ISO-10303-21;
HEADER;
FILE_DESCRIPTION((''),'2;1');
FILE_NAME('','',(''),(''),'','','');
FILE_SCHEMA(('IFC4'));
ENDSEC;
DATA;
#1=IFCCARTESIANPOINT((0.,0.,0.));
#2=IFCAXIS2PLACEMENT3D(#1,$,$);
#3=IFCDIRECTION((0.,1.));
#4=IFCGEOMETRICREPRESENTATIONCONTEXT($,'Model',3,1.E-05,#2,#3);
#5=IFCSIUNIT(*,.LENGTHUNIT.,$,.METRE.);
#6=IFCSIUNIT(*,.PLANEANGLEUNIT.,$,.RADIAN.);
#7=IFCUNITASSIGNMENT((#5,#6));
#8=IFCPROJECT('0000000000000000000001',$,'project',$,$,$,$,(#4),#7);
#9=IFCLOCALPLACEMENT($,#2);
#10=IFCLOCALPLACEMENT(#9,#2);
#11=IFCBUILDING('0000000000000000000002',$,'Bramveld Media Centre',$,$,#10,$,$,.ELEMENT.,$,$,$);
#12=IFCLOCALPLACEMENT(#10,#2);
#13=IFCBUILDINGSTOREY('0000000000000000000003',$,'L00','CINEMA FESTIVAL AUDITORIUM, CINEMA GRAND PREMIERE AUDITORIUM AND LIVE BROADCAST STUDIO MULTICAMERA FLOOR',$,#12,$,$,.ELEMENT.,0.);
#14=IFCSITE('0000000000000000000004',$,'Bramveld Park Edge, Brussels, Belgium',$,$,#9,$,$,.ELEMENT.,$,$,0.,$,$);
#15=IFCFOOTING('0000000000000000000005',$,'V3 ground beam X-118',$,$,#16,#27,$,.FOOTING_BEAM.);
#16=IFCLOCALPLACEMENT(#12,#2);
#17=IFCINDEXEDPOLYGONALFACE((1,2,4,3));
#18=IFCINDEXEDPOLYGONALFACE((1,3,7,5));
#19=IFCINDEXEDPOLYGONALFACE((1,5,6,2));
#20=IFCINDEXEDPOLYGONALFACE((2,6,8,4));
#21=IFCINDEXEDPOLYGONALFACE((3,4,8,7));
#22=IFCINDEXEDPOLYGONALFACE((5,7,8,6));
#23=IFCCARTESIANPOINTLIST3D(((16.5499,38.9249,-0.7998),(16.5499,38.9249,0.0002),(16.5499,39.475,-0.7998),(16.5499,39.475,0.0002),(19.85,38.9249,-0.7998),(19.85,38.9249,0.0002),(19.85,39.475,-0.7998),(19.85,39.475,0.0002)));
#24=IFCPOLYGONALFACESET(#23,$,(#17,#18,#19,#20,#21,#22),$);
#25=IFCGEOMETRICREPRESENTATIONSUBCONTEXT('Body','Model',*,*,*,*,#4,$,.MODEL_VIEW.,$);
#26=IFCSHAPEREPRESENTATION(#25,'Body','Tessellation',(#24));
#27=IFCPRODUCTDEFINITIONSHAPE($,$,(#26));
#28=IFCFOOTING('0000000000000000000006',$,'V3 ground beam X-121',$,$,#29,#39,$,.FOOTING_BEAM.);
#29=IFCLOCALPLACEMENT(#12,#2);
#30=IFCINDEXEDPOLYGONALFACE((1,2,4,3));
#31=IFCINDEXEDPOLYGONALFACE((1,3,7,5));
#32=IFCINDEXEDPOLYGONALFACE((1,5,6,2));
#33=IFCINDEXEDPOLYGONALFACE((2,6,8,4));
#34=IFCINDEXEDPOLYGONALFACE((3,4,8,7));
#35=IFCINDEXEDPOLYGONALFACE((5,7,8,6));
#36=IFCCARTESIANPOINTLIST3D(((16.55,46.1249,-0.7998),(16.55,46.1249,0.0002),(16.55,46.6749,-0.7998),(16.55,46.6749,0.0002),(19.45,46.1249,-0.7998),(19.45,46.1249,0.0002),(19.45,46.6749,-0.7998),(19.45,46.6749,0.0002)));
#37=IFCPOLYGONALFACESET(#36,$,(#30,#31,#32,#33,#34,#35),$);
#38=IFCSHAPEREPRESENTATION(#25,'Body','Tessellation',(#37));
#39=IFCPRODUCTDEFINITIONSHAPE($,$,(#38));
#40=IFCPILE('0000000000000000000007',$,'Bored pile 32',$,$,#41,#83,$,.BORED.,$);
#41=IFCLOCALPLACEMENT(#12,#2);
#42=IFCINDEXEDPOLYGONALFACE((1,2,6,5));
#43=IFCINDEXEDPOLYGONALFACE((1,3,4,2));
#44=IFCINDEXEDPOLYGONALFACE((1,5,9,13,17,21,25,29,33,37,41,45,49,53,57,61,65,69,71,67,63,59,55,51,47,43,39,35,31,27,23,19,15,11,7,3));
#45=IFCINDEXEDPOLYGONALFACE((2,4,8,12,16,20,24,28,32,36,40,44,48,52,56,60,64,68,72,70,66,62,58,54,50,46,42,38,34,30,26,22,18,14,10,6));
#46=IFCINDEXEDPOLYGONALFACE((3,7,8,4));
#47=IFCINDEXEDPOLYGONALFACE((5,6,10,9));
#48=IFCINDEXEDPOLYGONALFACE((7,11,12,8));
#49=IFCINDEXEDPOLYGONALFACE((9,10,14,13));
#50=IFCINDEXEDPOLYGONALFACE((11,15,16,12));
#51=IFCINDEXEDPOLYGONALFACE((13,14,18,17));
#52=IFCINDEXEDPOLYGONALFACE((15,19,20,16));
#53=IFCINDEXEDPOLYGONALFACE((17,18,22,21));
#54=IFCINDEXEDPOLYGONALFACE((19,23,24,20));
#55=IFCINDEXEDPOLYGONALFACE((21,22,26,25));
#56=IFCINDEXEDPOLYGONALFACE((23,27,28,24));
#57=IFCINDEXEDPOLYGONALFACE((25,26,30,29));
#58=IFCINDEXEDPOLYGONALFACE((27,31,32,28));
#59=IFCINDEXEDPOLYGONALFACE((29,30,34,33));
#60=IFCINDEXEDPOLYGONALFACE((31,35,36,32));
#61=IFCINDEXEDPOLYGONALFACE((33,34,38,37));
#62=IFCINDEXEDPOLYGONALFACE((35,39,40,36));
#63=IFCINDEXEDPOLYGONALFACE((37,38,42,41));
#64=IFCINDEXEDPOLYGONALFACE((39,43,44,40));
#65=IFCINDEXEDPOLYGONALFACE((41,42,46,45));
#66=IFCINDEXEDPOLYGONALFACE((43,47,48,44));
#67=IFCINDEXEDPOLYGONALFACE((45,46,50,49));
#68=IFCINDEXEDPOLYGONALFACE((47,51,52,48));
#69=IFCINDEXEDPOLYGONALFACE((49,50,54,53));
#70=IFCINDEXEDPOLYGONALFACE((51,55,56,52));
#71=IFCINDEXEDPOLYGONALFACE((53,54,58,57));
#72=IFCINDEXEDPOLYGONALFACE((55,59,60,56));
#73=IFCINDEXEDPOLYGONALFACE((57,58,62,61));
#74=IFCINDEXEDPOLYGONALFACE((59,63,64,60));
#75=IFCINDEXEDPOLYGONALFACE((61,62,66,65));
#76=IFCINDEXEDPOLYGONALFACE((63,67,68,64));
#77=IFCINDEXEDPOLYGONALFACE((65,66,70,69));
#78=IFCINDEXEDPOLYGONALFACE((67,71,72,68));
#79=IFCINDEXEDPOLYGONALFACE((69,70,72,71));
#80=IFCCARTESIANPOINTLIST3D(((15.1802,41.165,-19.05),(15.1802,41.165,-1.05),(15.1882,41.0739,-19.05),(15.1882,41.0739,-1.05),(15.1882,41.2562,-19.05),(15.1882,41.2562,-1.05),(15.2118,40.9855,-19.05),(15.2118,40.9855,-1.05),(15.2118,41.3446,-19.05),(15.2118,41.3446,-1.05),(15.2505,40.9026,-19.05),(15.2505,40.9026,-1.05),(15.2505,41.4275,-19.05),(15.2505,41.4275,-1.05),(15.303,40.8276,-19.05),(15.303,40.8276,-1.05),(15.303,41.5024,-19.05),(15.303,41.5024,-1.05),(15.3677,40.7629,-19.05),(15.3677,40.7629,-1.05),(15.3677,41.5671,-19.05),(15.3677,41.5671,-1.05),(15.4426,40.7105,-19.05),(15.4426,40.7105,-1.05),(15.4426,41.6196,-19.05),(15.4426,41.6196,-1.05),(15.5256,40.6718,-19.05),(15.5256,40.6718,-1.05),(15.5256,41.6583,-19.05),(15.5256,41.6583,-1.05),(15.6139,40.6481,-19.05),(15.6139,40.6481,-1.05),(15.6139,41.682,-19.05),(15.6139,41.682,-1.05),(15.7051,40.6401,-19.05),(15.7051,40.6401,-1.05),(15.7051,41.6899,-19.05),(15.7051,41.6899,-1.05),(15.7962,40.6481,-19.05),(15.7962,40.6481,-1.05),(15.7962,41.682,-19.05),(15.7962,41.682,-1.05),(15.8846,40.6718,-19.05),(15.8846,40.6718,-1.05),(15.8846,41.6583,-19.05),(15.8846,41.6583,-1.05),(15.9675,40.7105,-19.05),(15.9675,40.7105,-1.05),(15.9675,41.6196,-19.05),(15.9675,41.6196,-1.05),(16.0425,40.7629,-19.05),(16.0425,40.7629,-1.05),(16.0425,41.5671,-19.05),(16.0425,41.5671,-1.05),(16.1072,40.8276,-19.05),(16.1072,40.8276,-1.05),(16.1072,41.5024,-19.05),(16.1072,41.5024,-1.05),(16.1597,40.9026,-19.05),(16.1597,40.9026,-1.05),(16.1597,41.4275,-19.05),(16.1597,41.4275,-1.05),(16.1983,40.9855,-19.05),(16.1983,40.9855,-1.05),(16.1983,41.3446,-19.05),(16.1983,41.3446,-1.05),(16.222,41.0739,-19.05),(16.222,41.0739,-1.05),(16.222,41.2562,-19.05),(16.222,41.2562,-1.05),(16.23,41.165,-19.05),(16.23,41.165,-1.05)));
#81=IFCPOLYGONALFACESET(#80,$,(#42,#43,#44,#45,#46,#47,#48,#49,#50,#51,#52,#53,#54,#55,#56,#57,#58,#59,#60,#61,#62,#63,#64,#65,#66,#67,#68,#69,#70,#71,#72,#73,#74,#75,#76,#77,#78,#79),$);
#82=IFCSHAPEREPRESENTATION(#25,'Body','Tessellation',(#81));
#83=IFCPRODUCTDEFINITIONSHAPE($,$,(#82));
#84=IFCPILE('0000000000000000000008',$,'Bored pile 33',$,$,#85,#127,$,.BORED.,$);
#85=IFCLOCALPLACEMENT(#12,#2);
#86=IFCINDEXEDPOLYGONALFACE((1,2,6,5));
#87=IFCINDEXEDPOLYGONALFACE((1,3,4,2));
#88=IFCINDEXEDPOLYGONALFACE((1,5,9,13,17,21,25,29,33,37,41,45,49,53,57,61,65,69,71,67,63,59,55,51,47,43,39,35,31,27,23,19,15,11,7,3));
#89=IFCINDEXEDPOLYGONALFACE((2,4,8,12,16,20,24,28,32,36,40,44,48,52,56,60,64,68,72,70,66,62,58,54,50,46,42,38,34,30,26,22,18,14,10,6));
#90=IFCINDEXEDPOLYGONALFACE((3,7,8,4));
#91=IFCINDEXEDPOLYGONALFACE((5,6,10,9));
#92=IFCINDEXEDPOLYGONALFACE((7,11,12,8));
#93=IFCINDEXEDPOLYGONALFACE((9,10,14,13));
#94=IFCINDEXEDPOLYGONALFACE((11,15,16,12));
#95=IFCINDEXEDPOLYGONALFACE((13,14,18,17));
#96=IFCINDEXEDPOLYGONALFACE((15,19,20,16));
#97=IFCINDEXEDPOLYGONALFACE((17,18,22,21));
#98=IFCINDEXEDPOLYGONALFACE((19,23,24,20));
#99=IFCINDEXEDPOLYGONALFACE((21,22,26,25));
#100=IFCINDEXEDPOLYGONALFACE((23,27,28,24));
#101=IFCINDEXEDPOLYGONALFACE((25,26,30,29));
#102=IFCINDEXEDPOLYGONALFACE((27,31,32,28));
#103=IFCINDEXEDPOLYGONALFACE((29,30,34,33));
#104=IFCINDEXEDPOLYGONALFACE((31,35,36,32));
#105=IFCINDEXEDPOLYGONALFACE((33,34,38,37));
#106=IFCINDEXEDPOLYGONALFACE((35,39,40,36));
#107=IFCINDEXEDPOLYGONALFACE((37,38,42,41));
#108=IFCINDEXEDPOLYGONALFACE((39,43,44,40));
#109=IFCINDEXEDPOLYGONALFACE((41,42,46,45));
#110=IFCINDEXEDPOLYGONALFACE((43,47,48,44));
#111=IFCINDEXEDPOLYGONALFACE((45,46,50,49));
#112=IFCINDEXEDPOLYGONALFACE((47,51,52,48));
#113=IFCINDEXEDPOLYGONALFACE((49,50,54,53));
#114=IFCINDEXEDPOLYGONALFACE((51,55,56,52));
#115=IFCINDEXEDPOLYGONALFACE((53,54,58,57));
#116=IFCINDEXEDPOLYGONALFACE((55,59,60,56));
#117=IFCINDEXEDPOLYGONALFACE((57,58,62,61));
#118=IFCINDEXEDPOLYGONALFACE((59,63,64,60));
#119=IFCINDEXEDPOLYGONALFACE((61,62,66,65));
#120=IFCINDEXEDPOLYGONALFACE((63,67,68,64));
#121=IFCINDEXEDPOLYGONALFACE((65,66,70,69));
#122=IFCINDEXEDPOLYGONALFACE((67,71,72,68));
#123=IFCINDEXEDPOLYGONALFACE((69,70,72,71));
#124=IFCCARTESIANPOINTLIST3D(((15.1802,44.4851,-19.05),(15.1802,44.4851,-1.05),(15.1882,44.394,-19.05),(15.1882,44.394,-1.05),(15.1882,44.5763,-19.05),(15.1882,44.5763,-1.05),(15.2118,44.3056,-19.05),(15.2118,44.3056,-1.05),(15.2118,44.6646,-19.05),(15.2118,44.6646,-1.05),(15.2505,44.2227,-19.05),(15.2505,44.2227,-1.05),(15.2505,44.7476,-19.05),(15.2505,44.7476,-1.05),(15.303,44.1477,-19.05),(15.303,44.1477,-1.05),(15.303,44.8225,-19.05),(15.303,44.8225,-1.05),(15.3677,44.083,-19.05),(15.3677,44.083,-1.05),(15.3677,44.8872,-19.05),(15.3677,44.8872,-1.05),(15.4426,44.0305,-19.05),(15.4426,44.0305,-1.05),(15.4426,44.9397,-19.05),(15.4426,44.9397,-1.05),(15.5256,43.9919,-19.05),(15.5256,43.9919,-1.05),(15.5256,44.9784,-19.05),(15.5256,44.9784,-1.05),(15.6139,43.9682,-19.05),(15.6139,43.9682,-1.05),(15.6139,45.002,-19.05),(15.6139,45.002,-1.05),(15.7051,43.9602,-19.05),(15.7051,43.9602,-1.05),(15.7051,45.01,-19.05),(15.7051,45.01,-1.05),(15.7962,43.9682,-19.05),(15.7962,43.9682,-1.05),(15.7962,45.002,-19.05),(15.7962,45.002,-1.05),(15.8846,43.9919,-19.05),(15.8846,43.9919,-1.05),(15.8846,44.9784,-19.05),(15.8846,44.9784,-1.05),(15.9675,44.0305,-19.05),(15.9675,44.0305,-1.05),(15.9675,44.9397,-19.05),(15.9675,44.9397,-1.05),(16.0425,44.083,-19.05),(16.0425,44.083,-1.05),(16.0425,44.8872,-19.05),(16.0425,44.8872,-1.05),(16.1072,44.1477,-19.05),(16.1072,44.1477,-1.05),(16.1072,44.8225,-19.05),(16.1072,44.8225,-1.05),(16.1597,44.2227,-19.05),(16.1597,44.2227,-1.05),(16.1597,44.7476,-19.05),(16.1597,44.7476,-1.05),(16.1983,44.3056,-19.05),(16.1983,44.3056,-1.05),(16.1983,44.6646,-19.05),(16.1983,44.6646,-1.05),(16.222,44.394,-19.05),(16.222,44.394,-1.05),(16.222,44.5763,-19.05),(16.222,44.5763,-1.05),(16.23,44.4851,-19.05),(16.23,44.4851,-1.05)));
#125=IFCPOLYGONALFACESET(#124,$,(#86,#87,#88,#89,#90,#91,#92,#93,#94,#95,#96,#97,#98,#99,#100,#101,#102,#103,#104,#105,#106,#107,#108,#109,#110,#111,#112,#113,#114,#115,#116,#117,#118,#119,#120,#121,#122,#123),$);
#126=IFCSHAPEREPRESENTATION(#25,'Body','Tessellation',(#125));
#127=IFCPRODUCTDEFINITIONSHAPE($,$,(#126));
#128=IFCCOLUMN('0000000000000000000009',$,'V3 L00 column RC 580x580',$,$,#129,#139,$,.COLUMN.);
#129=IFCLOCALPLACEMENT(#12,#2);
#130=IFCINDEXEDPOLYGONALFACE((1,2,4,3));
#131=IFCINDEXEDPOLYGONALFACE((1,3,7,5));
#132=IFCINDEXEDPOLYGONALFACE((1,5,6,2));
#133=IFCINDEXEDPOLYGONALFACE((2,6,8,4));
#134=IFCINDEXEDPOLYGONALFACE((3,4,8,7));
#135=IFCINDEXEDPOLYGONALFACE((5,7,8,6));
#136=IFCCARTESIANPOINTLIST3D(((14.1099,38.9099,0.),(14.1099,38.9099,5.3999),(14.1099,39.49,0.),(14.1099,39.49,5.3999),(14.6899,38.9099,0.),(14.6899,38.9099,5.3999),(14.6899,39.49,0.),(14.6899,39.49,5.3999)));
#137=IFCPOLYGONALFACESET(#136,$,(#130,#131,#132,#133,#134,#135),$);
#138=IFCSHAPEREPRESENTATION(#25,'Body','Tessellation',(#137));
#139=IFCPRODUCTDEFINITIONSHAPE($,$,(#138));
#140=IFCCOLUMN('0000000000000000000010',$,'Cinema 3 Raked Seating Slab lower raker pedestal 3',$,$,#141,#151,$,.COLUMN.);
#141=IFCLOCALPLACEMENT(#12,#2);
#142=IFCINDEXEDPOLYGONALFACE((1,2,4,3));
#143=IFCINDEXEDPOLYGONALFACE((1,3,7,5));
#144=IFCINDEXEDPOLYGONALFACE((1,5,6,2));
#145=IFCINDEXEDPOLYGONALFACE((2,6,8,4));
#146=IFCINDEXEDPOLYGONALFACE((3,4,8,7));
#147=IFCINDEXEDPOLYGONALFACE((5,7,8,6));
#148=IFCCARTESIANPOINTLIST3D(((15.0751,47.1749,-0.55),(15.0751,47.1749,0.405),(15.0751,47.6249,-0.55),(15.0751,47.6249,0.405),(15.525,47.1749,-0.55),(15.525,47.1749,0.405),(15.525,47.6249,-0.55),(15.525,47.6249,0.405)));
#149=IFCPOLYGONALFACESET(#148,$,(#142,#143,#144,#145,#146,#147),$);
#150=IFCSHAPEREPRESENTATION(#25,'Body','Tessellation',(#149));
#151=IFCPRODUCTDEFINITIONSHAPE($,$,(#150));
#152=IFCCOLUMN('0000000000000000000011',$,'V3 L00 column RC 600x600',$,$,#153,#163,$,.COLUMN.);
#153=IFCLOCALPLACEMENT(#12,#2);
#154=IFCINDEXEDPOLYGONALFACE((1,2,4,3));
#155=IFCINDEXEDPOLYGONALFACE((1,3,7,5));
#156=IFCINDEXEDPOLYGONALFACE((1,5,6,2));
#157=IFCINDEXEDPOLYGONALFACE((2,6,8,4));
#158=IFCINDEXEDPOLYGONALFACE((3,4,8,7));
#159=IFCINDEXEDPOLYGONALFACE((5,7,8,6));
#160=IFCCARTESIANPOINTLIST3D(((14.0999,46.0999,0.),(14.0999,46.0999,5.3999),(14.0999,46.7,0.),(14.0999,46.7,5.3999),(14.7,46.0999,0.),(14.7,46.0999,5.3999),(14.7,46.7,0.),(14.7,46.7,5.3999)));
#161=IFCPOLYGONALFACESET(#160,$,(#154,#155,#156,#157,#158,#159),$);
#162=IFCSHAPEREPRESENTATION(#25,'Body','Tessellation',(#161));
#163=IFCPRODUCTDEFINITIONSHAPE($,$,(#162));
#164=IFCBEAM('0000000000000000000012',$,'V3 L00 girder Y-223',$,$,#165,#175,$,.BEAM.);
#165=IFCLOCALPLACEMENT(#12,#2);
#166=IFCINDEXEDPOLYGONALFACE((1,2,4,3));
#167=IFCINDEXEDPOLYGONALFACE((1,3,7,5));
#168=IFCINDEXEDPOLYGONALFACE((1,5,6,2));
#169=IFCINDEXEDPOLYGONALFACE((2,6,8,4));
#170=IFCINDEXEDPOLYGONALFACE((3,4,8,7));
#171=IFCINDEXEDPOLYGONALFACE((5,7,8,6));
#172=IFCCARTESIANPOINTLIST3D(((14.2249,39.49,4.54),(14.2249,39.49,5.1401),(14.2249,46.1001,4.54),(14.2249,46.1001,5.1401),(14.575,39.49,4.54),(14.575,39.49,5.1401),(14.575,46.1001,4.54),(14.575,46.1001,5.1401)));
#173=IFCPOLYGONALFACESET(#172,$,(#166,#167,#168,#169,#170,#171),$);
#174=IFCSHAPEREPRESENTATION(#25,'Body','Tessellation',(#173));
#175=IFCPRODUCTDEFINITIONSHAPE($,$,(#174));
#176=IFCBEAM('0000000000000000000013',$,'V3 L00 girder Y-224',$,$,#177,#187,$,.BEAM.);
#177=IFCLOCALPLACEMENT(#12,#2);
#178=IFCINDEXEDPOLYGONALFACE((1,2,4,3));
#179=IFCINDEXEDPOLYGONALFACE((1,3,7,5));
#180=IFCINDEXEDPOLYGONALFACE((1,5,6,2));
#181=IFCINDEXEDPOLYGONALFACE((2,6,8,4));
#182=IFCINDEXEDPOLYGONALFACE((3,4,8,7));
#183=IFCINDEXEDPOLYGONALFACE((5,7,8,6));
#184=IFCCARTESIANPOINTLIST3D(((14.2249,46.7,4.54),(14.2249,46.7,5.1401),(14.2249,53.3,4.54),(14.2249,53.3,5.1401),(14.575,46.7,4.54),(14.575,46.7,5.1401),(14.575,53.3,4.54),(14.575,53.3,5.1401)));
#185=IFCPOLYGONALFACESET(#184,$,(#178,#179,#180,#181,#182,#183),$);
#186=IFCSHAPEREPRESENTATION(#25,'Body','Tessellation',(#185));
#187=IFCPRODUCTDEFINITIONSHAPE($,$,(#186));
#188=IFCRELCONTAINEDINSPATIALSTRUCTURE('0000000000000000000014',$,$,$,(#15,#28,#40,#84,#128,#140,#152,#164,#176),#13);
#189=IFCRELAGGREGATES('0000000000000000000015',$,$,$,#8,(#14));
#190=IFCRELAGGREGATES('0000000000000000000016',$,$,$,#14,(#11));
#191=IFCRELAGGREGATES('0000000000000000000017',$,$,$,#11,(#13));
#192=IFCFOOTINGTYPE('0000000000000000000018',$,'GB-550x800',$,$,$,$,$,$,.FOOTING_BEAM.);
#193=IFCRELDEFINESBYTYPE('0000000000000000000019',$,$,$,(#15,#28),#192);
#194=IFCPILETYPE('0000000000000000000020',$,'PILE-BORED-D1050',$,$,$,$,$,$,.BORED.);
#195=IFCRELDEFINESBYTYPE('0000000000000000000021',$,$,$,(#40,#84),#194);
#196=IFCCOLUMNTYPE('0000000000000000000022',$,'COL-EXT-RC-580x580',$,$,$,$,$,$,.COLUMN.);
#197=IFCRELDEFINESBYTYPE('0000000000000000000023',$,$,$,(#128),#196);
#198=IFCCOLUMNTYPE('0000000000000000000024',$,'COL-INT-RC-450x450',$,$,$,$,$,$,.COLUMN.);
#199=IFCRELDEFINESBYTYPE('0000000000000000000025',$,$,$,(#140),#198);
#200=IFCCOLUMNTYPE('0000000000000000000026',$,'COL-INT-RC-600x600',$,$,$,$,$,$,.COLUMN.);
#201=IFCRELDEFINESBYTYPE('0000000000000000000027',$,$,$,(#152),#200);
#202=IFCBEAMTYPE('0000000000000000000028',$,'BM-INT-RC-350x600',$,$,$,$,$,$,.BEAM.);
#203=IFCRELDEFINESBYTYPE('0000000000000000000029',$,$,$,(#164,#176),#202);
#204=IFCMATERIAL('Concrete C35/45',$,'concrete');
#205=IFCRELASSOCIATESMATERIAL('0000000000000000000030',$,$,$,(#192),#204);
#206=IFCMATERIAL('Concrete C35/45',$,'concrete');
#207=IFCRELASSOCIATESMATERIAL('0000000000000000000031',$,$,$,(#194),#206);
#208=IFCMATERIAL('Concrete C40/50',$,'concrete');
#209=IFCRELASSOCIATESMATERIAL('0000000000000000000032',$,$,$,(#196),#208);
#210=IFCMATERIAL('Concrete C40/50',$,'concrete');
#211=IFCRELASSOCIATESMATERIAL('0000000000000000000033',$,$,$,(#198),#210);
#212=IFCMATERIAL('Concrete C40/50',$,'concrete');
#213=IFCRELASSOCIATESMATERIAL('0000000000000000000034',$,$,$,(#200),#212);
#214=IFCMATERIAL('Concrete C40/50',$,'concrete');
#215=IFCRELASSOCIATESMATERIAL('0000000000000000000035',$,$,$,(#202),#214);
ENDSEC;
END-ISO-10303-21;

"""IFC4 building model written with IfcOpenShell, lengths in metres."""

from ifc_helpers import new_model, si_unit, direction, frame, origin, origin_2d, place, context, subcontext, project, spatial, rectangle, circle, extrude, material, material_profile, profile_set, type_object, element, save


model = new_model("IFC4")

# Units and contexts
model_context = context("Model", 3, precision=1e-05, world=origin(), true_north=direction((0.0, 1.0)))
body_context = subcontext(model_context, "Body", "Model", "MODEL_VIEW")
ifc_project = project(units=[si_unit("LENGTHUNIT", "METRE"), si_unit("PLANEANGLEUNIT", "RADIAN")], contexts=[model_context])

# Site, building, storey
site_placement = place(None, origin())
site = spatial("IfcSite", under=ifc_project, at=site_placement, Name="Bramveld Park Edge, Brussels, Belgium", CompositionType="ELEMENT", RefElevation=0.0)
building_placement = place(site_placement, origin())
building = spatial("IfcBuilding", under=site, at=building_placement, Name="Bramveld Media Centre", CompositionType="ELEMENT")
storey_placement = place(building_placement, origin())
storey = spatial("IfcBuildingStorey", under=building, at=storey_placement, Name="L00", Description="CINEMA FESTIVAL AUDITORIUM, CINEMA GRAND PREMIERE AUDITORIUM AND LIVE BROADCAST STUDIO MULTICAMERA FLOOR", CompositionType="ELEMENT", Elevation=0.0)

# Footings
ifc_material_1 = material(Name="Concrete C35/45", Category="concrete")
footing_type = type_object("IfcFootingType", Name="GB-550x800", PredefinedType="FOOTING_BEAM", material=ifc_material_1)
footing_1_placement = place(storey_placement, frame((18.2, 39.2, -0.7998), z_axis=(0.0, 0.0, 1.0), x_axis=(1.0, 0.0, 0.0)))
element("IfcFooting", 1, at=footing_1_placement, inside=storey, type_object=footing_type, Name="V3 ground beam X-118", PredefinedType="FOOTING_BEAM", context=body_context, shape_type="SweptSolid", body=[
    extrude(rectangle(XDim=3.3, YDim=0.55, at=origin_2d()), origin(), (0.0, 0.0, 1.0), 0.8),
])
footing_2_placement = place(storey_placement, frame((18.0, 46.3999, -0.7998), z_axis=(0.0, 0.0, 1.0), x_axis=(1.0, 0.0, 0.0)))
element("IfcFooting", 2, at=footing_2_placement, inside=storey, type_object=footing_type, Name="V3 ground beam X-121", PredefinedType="FOOTING_BEAM", context=body_context, shape_type="SweptSolid", body=[
    extrude(rectangle(XDim=2.8999, YDim=0.55, at=origin_2d()), origin(), (0.0, 0.0, 1.0), 0.8),
])

# Piles
ifc_material_2 = material(Name="Concrete C35/45", Category="concrete")
ifc_material_profile_1 = material_profile(ifc_material_2, circle(Radius=0.5249, at=origin_2d()), Name="BORED D1050")
ifc_profile_set_1 = profile_set([ifc_material_profile_1], Name="Concrete C35/45")
pile_type = type_object("IfcPileType", Name="PILE-BORED-D1050", PredefinedType="BORED", material=ifc_profile_set_1)
for number, where, z_axis, x_axis, name in (
    (3, (15.7051, 41.165, -1.05), (0.0, 0.0, -1.0), (1.0, 0.0, 0.0), "Bored pile 32"),
    (4, (15.7051, 44.4851, -1.05), (0.0, 0.0, -1.0), (1.0, 0.0, 0.0), "Bored pile 33"),
):
    element("IfcPile", number, at=place(storey_placement, frame(where, z_axis=z_axis, x_axis=x_axis)), inside=storey, type_object=pile_type, Name=name, PredefinedType="BORED", context=body_context, shape_type="SweptSolid", body=[
        extrude(circle(Radius=0.5249, at=origin_2d()), origin(), (0.0, 0.0, 1.0), 18.0),
    ])

# Columns
ifc_material_3 = material(Name="Concrete C40/50", Category="concrete")
ifc_material_profile_2 = material_profile(ifc_material_3, rectangle(XDim=0.5801, YDim=0.5801, at=origin_2d()), Name="RC 580x580")
ifc_profile_set_2 = profile_set([ifc_material_profile_2], Name="Concrete C40/50")
column_type_1 = type_object("IfcColumnType", Name="COL-EXT-RC-580x580", PredefinedType="COLUMN", material=ifc_profile_set_2)
column_1_placement = place(storey_placement, frame((14.3999, 39.2, 0.0), z_axis=(0.0, 0.0, 1.0), x_axis=(1.0, 0.0, 0.0)))
element("IfcColumn", 5, at=column_1_placement, inside=storey, type_object=column_type_1, Name="V3 L00 column RC 580x580", PredefinedType="COLUMN", context=body_context, shape_type="SweptSolid", body=[
    extrude(rectangle(XDim=0.5801, YDim=0.5801, at=origin_2d()), origin(), (0.0, 0.0, 1.0), 5.3999),
])
ifc_material_4 = material(Name="Concrete C40/50", Category="concrete")
ifc_material_profile_3 = material_profile(ifc_material_4, rectangle(XDim=0.45, YDim=0.45, at=origin_2d()), Name="RC 450x450")
ifc_profile_set_3 = profile_set([ifc_material_profile_3], Name="Concrete C40/50")
column_type_2 = type_object("IfcColumnType", Name="COL-INT-RC-450x450", PredefinedType="COLUMN", material=ifc_profile_set_3)
column_2_placement = place(storey_placement, frame((15.3, 47.3999, -0.55), z_axis=(0.0, 0.0, 1.0), x_axis=(1.0, 0.0, 0.0)))
element("IfcColumn", 6, at=column_2_placement, inside=storey, type_object=column_type_2, Name="Cinema 3 Raked Seating Slab lower raker pedestal 3", PredefinedType="COLUMN", context=body_context, shape_type="SweptSolid", body=[
    extrude(rectangle(XDim=0.45, YDim=0.45, at=origin_2d()), origin(), (0.0, 0.0, 1.0), 0.9551),
])
ifc_material_5 = material(Name="Concrete C40/50", Category="concrete")
ifc_material_profile_4 = material_profile(ifc_material_5, rectangle(XDim=0.6001, YDim=0.6001, at=origin_2d()), Name="RC 600x600")
ifc_profile_set_4 = profile_set([ifc_material_profile_4], Name="Concrete C40/50")
column_type_3 = type_object("IfcColumnType", Name="COL-INT-RC-600x600", PredefinedType="COLUMN", material=ifc_profile_set_4)
column_3_placement = place(storey_placement, frame((14.3999, 46.3999, 0.0), z_axis=(0.0, 0.0, 1.0), x_axis=(1.0, 0.0, 0.0)))
element("IfcColumn", 7, at=column_3_placement, inside=storey, type_object=column_type_3, Name="V3 L00 column RC 600x600", PredefinedType="COLUMN", context=body_context, shape_type="SweptSolid", body=[
    extrude(rectangle(XDim=0.6001, YDim=0.6001, at=origin_2d()), origin(), (0.0, 0.0, 1.0), 5.3999),
])

# Beams
ifc_material_6 = material(Name="Concrete C40/50", Category="concrete")
ifc_material_profile_5 = material_profile(ifc_material_6, rectangle(XDim=0.3501, YDim=0.6001, at=origin_2d()), Name="RC 350x600")
ifc_profile_set_5 = profile_set([ifc_material_profile_5], Name="Concrete C40/50")
beam_type_1 = type_object("IfcBeamType", Name="BM-INT-RC-350x600", PredefinedType="BEAM", material=ifc_profile_set_5)
beam_1_placement = place(storey_placement, frame((14.3999, 39.49, 4.8401), z_axis=(0.0, 1.0, 0.0), x_axis=(-1.0, 0.0, 0.0)))
element("IfcBeam", 8, at=beam_1_placement, inside=storey, type_object=beam_type_1, Name="V3 L00 girder Y-223", PredefinedType="BEAM", context=body_context, shape_type="SweptSolid", body=[
    extrude(rectangle(XDim=0.3501, YDim=0.6001, at=origin_2d()), origin(), (0.0, 0.0, 1.0), 6.6101),
])
beam_2_placement = place(storey_placement, frame((14.3999, 46.7, 4.8401), z_axis=(0.0, 1.0, 0.0), x_axis=(-1.0, 0.0, 0.0)))
element("IfcBeam", 9, at=beam_2_placement, inside=storey, type_object=beam_type_1, Name="V3 L00 girder Y-224", PredefinedType="BEAM", context=body_context, shape_type="SweptSolid", body=[
    extrude(rectangle(XDim=0.3501, YDim=0.6001, at=origin_2d()), origin(), (0.0, 0.0, 1.0), 6.6001),
])

save(model, "model.ifc")
